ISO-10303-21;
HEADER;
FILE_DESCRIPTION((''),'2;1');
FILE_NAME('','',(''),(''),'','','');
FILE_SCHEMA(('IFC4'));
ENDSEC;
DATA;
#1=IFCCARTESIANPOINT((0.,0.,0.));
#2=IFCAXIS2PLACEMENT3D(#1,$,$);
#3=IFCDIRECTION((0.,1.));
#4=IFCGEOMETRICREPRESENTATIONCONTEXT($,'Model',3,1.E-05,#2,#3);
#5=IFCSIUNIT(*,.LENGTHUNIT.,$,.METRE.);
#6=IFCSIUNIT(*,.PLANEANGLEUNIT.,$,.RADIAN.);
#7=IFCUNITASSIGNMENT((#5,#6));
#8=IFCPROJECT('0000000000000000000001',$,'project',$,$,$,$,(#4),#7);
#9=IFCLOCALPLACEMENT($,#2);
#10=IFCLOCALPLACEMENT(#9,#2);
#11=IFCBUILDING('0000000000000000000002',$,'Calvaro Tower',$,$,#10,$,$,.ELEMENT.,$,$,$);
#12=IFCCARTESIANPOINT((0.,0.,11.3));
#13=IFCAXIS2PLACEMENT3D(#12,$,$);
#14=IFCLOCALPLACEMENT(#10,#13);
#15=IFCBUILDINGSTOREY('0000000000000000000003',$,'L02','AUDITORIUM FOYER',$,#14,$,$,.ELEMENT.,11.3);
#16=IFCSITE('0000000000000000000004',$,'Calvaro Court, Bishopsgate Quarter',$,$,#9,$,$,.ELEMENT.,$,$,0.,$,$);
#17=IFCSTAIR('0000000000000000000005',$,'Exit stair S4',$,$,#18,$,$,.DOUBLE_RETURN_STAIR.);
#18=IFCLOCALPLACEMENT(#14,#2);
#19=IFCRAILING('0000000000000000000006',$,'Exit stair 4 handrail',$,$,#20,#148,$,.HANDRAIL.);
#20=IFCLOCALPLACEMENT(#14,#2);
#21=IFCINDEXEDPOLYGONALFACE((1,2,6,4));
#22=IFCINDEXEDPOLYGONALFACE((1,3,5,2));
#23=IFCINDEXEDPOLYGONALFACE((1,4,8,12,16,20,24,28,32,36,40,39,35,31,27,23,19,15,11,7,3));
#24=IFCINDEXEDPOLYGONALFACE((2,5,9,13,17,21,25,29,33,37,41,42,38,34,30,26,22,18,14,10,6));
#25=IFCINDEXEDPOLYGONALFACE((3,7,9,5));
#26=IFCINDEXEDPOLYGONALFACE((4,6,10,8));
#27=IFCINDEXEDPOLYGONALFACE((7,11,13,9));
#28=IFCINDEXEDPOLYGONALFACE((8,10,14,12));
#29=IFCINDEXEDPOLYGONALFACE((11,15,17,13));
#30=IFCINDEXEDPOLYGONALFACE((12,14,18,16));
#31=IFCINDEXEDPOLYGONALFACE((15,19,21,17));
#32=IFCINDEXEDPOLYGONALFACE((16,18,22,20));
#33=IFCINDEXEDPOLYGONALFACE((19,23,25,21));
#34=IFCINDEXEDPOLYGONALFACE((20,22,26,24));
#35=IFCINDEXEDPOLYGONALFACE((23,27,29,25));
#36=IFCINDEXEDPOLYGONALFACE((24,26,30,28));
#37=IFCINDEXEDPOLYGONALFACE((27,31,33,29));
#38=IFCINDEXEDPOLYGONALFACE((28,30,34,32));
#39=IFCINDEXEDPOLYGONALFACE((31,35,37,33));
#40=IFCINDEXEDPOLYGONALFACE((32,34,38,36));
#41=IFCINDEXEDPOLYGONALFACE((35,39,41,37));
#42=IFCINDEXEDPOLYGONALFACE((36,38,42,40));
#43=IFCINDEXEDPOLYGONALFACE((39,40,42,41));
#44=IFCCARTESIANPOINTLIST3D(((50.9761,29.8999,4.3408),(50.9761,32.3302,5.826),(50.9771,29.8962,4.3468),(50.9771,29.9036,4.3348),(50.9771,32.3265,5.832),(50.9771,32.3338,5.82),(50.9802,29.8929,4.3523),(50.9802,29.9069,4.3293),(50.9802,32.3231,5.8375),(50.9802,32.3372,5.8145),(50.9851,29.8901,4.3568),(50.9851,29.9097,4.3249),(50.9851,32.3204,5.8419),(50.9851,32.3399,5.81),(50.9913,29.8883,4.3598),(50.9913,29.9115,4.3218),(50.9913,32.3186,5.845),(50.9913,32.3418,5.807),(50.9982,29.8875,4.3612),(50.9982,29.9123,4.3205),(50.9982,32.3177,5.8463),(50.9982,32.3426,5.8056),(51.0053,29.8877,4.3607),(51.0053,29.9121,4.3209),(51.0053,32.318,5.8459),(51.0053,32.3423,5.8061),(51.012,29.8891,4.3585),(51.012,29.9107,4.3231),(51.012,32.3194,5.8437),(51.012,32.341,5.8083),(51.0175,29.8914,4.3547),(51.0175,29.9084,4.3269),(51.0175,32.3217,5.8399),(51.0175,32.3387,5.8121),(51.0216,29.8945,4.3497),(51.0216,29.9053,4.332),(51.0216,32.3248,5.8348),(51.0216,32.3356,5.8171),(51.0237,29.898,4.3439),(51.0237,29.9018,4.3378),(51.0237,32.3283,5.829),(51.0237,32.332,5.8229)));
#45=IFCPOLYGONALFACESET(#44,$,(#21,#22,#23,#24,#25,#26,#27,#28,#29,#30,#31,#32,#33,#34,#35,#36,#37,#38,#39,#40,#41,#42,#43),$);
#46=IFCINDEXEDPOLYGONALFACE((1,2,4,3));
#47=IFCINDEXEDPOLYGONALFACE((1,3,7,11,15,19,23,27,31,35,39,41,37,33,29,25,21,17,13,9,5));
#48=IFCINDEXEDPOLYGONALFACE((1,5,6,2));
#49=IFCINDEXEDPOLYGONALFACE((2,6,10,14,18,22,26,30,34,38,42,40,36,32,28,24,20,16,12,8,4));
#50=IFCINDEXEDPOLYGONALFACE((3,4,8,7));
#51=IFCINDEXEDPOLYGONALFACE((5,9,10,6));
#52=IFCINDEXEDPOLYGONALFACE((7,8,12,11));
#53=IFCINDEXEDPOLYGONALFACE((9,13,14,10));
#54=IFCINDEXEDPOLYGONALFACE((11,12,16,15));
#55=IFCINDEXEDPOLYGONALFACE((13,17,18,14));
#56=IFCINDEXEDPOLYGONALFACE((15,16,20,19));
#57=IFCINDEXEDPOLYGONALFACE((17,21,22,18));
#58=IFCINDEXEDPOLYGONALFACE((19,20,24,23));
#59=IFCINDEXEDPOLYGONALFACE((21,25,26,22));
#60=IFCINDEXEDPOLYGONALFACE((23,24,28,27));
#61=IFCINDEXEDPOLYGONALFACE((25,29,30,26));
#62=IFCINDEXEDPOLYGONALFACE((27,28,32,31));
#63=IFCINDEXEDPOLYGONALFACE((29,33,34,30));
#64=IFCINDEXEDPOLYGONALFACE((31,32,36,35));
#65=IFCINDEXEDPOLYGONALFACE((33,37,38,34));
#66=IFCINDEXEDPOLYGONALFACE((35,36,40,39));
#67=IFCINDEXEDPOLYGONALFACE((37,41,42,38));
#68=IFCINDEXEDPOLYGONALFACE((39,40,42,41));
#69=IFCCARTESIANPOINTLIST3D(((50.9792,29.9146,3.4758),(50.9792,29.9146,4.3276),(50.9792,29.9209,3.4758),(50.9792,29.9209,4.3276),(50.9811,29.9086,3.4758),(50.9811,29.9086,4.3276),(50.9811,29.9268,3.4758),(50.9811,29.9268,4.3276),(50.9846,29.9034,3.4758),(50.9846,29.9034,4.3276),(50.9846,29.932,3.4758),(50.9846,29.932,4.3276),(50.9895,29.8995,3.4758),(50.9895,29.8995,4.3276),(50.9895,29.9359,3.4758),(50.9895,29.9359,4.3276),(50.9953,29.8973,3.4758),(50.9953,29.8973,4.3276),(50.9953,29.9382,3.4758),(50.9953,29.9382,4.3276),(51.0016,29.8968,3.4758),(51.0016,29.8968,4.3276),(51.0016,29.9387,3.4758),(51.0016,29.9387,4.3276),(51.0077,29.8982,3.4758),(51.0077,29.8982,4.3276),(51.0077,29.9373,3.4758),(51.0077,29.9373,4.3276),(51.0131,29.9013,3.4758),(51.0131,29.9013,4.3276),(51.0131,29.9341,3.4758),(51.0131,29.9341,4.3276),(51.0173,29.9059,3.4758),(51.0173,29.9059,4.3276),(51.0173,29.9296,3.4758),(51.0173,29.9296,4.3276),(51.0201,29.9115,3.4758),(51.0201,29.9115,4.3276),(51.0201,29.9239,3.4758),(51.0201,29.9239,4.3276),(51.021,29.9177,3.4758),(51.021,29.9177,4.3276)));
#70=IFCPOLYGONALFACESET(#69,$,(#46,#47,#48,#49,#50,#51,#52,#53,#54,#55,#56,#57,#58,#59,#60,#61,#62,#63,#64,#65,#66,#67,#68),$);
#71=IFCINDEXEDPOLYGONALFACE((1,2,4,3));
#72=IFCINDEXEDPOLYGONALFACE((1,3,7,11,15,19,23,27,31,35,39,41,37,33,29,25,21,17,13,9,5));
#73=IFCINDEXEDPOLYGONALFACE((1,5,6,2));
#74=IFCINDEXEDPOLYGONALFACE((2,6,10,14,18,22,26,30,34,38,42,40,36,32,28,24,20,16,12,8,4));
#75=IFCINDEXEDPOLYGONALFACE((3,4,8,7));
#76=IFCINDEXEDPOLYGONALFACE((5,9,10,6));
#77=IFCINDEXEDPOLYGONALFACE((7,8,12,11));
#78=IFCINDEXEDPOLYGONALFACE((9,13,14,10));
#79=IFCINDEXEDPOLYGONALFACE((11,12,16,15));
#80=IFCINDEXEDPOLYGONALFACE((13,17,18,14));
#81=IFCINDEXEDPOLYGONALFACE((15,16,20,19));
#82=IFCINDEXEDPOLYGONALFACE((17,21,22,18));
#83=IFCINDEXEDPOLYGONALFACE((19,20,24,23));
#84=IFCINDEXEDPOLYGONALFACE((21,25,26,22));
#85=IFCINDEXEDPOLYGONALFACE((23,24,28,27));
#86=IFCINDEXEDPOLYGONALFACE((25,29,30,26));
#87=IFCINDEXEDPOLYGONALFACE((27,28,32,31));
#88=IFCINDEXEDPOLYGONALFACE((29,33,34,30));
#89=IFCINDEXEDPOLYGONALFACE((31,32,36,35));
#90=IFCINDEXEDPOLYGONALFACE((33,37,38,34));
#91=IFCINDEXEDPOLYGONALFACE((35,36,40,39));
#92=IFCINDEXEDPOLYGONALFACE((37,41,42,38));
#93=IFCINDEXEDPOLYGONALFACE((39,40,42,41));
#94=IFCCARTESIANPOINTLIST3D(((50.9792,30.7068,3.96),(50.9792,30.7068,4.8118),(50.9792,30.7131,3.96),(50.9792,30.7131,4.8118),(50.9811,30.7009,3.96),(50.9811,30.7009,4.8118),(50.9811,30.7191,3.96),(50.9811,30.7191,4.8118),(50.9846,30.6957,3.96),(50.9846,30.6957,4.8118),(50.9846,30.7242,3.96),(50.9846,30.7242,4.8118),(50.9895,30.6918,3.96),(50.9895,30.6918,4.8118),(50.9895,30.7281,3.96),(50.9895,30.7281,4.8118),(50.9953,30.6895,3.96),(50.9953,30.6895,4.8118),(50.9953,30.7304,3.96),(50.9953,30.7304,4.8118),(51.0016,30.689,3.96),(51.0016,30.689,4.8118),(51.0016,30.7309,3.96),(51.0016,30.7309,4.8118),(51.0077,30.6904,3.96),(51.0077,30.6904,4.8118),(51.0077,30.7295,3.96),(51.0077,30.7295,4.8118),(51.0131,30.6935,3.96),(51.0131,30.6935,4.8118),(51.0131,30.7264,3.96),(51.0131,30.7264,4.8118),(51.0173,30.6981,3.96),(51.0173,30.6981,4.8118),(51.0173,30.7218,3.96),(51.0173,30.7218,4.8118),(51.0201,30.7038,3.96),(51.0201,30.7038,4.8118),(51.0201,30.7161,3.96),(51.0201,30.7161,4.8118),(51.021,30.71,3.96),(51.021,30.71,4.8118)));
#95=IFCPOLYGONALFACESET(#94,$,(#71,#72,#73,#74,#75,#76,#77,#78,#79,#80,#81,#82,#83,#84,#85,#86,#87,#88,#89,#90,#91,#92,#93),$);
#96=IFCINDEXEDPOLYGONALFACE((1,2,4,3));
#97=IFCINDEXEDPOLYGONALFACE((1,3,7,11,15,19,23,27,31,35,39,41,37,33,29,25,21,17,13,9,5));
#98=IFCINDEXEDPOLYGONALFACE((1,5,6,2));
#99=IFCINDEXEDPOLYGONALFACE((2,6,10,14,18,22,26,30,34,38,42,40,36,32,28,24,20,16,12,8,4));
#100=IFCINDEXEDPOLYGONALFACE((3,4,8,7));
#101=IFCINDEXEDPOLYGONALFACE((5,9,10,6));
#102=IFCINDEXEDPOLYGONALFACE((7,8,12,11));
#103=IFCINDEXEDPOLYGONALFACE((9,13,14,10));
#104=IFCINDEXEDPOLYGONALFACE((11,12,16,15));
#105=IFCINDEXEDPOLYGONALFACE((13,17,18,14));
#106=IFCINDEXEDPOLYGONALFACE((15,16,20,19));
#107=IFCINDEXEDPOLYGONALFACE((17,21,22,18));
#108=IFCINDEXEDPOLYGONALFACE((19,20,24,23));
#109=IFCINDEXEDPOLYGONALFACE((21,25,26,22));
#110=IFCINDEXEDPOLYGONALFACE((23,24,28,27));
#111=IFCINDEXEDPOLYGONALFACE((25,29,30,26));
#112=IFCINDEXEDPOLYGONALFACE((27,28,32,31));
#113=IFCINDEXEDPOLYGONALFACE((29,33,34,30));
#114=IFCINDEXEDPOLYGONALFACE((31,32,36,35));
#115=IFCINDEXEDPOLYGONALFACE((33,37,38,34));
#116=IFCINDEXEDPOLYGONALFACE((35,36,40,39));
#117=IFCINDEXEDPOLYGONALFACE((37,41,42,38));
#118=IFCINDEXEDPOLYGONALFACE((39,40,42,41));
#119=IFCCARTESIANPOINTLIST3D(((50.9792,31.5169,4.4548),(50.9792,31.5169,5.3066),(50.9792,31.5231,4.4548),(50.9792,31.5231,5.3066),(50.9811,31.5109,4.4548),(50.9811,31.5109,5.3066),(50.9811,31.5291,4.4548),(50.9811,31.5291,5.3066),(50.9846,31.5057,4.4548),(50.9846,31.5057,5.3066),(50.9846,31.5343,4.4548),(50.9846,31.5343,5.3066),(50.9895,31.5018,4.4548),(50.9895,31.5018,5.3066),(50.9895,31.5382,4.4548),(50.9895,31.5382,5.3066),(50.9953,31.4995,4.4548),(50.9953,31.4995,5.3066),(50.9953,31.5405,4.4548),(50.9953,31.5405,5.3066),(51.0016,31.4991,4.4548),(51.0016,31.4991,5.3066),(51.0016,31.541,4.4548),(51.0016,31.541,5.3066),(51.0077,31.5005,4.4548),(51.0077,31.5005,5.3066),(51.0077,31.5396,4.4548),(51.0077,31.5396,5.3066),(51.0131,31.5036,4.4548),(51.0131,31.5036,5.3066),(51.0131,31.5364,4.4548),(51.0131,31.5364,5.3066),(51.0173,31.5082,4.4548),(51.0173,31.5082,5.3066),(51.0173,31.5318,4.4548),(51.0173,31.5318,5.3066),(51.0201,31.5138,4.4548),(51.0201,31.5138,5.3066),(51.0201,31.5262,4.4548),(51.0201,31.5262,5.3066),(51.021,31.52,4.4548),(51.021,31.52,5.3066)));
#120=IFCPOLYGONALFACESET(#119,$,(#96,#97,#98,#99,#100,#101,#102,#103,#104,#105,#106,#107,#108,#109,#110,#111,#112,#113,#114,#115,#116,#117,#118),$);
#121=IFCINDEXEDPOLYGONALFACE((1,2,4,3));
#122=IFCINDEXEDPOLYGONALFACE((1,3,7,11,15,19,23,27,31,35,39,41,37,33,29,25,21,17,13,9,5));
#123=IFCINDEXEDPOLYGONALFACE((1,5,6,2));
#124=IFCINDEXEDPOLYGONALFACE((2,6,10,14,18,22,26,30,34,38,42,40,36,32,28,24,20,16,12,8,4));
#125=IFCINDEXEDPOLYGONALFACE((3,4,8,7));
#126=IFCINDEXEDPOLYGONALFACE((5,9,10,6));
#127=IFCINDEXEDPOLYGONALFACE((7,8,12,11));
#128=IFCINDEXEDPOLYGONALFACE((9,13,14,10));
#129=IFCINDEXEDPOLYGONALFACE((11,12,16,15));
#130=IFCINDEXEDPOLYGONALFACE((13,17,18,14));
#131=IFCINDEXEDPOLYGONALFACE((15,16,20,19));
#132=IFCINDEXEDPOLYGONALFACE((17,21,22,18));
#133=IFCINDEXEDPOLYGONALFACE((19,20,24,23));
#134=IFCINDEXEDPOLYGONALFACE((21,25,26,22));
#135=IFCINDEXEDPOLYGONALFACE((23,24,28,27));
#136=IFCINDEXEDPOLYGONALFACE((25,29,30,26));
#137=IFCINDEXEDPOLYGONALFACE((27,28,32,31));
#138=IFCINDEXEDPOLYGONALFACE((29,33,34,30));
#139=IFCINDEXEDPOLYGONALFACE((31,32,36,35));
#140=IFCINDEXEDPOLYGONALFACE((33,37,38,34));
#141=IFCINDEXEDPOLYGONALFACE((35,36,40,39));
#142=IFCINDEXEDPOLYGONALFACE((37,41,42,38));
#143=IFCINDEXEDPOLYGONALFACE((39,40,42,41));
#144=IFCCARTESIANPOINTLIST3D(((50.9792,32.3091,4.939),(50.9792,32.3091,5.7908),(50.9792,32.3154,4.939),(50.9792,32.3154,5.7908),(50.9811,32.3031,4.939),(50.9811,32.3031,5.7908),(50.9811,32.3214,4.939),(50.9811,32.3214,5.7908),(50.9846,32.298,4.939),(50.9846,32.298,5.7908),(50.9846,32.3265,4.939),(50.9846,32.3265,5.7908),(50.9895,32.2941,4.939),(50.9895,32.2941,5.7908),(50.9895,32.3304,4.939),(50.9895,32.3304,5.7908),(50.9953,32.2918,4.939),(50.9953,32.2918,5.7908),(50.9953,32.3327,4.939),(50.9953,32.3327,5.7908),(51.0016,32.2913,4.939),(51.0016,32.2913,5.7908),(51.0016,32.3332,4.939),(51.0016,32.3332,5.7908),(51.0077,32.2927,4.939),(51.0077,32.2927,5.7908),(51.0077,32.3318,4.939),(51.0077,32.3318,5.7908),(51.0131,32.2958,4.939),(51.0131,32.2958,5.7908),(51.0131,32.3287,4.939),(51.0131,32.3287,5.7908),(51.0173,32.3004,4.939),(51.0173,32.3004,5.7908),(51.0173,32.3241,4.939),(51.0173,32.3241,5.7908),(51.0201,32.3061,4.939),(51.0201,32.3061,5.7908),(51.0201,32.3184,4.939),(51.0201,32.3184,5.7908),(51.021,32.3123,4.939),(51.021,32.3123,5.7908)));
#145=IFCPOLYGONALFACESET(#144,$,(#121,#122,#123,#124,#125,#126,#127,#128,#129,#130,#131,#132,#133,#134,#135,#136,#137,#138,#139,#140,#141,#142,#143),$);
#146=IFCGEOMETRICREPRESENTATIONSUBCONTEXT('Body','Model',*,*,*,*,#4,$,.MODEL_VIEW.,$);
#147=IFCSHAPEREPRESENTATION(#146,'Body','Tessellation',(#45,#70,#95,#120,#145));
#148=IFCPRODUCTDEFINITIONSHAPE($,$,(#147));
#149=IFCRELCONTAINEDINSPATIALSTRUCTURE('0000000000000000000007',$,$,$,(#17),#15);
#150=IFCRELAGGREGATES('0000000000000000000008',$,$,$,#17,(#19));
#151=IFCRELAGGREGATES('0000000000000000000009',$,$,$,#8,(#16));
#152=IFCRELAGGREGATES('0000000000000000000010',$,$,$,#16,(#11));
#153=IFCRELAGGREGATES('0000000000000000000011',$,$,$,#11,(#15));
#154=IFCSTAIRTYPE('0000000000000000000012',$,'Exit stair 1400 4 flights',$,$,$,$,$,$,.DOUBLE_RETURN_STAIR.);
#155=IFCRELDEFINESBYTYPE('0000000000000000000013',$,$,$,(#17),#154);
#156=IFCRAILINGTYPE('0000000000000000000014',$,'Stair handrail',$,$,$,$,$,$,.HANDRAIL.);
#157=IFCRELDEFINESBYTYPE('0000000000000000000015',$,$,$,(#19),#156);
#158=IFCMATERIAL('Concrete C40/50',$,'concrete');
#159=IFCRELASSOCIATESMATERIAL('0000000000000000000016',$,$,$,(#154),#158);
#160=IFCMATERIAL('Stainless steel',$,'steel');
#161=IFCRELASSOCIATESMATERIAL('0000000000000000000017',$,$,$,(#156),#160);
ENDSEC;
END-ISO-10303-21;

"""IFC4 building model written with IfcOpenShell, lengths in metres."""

from ifc_helpers import new_model, si_unit, direction, frame, origin, origin_2d, place, context, subcontext, project, spatial, circle, extrude, material, type_object, element, aggregate, save


model = new_model("IFC4")

# Units and contexts
model_context = context("Model", 3, precision=1e-05, world=origin(), true_north=direction((0.0, 1.0)))
body_context = subcontext(model_context, "Body", "Model", "MODEL_VIEW")
ifc_project = project(units=[si_unit("LENGTHUNIT", "METRE"), si_unit("PLANEANGLEUNIT", "RADIAN")], contexts=[model_context])

# Site, building, storey
site_placement = place(None, origin())
site = spatial("IfcSite", under=ifc_project, at=site_placement, Name="Calvaro Court, Bishopsgate Quarter", CompositionType="ELEMENT", RefElevation=0.0)
building_placement = place(site_placement, origin())
building = spatial("IfcBuilding", under=site, at=building_placement, Name="Calvaro Tower", CompositionType="ELEMENT")
storey_placement = place(building_placement, frame((0.0, 0.0, 11.3)))
storey = spatial("IfcBuildingStorey", under=building, at=storey_placement, Name="L02", Description="AUDITORIUM FOYER", CompositionType="ELEMENT", Elevation=11.3)

# Stair
ifc_material_1 = material(Name="Concrete C40/50", Category="concrete")
stair_type = type_object("IfcStairType", Name="Exit stair 1400 4 flights", PredefinedType="DOUBLE_RETURN_STAIR", material=ifc_material_1)
stair_1_placement = place(storey_placement, origin())
stair_1 = element("IfcStair", 1, at=stair_1_placement, inside=storey, type_object=stair_type, Name="Exit stair S4", PredefinedType="DOUBLE_RETURN_STAIR")

# Shared definitions
ifc_material_2 = material(Name="Stainless steel", Category="steel")
railing_type = type_object("IfcRailingType", Name="Stair handrail", PredefinedType="HANDRAIL", material=ifc_material_2)

# Railing
railing_1_placement = place(storey_placement, frame((51.0, 29.8999, 3.4648)))
railing_1 = element("IfcRailing", 2, at=railing_1_placement, type_object=railing_type, Name="Exit stair 4 handrail", PredefinedType="HANDRAIL", context=body_context, shape_type="SweptSolid", body=[
    extrude(circle(Radius=0.0239, at=origin_2d()), frame((0.0, 0.0, 0.876), z_axis=(0.0, 0.853282, 0.52145), x_axis=(-1.0, 0.0, 0.0)), (0.0, 0.0, 1.0), 2.8481),
    extrude(circle(Radius=0.021, at=origin_2d()), frame((0.0, 0.0178, 0.011)), (0.0, 0.0, 1.0), 0.8518),
    extrude(circle(Radius=0.021, at=origin_2d()), frame((0.0, 0.8101, 0.4951)), (0.0, 0.0, 1.0), 0.8518),
    extrude(circle(Radius=0.021, at=origin_2d()), frame((0.0, 1.6201, 0.99)), (0.0, 0.0, 1.0), 0.8518),
    extrude(circle(Radius=0.021, at=origin_2d()), frame((0.0, 2.4124, 1.4741)), (0.0, 0.0, 1.0), 0.8518),
])
aggregate(stair_1, [railing_1])

save(model, "model.ifc")
